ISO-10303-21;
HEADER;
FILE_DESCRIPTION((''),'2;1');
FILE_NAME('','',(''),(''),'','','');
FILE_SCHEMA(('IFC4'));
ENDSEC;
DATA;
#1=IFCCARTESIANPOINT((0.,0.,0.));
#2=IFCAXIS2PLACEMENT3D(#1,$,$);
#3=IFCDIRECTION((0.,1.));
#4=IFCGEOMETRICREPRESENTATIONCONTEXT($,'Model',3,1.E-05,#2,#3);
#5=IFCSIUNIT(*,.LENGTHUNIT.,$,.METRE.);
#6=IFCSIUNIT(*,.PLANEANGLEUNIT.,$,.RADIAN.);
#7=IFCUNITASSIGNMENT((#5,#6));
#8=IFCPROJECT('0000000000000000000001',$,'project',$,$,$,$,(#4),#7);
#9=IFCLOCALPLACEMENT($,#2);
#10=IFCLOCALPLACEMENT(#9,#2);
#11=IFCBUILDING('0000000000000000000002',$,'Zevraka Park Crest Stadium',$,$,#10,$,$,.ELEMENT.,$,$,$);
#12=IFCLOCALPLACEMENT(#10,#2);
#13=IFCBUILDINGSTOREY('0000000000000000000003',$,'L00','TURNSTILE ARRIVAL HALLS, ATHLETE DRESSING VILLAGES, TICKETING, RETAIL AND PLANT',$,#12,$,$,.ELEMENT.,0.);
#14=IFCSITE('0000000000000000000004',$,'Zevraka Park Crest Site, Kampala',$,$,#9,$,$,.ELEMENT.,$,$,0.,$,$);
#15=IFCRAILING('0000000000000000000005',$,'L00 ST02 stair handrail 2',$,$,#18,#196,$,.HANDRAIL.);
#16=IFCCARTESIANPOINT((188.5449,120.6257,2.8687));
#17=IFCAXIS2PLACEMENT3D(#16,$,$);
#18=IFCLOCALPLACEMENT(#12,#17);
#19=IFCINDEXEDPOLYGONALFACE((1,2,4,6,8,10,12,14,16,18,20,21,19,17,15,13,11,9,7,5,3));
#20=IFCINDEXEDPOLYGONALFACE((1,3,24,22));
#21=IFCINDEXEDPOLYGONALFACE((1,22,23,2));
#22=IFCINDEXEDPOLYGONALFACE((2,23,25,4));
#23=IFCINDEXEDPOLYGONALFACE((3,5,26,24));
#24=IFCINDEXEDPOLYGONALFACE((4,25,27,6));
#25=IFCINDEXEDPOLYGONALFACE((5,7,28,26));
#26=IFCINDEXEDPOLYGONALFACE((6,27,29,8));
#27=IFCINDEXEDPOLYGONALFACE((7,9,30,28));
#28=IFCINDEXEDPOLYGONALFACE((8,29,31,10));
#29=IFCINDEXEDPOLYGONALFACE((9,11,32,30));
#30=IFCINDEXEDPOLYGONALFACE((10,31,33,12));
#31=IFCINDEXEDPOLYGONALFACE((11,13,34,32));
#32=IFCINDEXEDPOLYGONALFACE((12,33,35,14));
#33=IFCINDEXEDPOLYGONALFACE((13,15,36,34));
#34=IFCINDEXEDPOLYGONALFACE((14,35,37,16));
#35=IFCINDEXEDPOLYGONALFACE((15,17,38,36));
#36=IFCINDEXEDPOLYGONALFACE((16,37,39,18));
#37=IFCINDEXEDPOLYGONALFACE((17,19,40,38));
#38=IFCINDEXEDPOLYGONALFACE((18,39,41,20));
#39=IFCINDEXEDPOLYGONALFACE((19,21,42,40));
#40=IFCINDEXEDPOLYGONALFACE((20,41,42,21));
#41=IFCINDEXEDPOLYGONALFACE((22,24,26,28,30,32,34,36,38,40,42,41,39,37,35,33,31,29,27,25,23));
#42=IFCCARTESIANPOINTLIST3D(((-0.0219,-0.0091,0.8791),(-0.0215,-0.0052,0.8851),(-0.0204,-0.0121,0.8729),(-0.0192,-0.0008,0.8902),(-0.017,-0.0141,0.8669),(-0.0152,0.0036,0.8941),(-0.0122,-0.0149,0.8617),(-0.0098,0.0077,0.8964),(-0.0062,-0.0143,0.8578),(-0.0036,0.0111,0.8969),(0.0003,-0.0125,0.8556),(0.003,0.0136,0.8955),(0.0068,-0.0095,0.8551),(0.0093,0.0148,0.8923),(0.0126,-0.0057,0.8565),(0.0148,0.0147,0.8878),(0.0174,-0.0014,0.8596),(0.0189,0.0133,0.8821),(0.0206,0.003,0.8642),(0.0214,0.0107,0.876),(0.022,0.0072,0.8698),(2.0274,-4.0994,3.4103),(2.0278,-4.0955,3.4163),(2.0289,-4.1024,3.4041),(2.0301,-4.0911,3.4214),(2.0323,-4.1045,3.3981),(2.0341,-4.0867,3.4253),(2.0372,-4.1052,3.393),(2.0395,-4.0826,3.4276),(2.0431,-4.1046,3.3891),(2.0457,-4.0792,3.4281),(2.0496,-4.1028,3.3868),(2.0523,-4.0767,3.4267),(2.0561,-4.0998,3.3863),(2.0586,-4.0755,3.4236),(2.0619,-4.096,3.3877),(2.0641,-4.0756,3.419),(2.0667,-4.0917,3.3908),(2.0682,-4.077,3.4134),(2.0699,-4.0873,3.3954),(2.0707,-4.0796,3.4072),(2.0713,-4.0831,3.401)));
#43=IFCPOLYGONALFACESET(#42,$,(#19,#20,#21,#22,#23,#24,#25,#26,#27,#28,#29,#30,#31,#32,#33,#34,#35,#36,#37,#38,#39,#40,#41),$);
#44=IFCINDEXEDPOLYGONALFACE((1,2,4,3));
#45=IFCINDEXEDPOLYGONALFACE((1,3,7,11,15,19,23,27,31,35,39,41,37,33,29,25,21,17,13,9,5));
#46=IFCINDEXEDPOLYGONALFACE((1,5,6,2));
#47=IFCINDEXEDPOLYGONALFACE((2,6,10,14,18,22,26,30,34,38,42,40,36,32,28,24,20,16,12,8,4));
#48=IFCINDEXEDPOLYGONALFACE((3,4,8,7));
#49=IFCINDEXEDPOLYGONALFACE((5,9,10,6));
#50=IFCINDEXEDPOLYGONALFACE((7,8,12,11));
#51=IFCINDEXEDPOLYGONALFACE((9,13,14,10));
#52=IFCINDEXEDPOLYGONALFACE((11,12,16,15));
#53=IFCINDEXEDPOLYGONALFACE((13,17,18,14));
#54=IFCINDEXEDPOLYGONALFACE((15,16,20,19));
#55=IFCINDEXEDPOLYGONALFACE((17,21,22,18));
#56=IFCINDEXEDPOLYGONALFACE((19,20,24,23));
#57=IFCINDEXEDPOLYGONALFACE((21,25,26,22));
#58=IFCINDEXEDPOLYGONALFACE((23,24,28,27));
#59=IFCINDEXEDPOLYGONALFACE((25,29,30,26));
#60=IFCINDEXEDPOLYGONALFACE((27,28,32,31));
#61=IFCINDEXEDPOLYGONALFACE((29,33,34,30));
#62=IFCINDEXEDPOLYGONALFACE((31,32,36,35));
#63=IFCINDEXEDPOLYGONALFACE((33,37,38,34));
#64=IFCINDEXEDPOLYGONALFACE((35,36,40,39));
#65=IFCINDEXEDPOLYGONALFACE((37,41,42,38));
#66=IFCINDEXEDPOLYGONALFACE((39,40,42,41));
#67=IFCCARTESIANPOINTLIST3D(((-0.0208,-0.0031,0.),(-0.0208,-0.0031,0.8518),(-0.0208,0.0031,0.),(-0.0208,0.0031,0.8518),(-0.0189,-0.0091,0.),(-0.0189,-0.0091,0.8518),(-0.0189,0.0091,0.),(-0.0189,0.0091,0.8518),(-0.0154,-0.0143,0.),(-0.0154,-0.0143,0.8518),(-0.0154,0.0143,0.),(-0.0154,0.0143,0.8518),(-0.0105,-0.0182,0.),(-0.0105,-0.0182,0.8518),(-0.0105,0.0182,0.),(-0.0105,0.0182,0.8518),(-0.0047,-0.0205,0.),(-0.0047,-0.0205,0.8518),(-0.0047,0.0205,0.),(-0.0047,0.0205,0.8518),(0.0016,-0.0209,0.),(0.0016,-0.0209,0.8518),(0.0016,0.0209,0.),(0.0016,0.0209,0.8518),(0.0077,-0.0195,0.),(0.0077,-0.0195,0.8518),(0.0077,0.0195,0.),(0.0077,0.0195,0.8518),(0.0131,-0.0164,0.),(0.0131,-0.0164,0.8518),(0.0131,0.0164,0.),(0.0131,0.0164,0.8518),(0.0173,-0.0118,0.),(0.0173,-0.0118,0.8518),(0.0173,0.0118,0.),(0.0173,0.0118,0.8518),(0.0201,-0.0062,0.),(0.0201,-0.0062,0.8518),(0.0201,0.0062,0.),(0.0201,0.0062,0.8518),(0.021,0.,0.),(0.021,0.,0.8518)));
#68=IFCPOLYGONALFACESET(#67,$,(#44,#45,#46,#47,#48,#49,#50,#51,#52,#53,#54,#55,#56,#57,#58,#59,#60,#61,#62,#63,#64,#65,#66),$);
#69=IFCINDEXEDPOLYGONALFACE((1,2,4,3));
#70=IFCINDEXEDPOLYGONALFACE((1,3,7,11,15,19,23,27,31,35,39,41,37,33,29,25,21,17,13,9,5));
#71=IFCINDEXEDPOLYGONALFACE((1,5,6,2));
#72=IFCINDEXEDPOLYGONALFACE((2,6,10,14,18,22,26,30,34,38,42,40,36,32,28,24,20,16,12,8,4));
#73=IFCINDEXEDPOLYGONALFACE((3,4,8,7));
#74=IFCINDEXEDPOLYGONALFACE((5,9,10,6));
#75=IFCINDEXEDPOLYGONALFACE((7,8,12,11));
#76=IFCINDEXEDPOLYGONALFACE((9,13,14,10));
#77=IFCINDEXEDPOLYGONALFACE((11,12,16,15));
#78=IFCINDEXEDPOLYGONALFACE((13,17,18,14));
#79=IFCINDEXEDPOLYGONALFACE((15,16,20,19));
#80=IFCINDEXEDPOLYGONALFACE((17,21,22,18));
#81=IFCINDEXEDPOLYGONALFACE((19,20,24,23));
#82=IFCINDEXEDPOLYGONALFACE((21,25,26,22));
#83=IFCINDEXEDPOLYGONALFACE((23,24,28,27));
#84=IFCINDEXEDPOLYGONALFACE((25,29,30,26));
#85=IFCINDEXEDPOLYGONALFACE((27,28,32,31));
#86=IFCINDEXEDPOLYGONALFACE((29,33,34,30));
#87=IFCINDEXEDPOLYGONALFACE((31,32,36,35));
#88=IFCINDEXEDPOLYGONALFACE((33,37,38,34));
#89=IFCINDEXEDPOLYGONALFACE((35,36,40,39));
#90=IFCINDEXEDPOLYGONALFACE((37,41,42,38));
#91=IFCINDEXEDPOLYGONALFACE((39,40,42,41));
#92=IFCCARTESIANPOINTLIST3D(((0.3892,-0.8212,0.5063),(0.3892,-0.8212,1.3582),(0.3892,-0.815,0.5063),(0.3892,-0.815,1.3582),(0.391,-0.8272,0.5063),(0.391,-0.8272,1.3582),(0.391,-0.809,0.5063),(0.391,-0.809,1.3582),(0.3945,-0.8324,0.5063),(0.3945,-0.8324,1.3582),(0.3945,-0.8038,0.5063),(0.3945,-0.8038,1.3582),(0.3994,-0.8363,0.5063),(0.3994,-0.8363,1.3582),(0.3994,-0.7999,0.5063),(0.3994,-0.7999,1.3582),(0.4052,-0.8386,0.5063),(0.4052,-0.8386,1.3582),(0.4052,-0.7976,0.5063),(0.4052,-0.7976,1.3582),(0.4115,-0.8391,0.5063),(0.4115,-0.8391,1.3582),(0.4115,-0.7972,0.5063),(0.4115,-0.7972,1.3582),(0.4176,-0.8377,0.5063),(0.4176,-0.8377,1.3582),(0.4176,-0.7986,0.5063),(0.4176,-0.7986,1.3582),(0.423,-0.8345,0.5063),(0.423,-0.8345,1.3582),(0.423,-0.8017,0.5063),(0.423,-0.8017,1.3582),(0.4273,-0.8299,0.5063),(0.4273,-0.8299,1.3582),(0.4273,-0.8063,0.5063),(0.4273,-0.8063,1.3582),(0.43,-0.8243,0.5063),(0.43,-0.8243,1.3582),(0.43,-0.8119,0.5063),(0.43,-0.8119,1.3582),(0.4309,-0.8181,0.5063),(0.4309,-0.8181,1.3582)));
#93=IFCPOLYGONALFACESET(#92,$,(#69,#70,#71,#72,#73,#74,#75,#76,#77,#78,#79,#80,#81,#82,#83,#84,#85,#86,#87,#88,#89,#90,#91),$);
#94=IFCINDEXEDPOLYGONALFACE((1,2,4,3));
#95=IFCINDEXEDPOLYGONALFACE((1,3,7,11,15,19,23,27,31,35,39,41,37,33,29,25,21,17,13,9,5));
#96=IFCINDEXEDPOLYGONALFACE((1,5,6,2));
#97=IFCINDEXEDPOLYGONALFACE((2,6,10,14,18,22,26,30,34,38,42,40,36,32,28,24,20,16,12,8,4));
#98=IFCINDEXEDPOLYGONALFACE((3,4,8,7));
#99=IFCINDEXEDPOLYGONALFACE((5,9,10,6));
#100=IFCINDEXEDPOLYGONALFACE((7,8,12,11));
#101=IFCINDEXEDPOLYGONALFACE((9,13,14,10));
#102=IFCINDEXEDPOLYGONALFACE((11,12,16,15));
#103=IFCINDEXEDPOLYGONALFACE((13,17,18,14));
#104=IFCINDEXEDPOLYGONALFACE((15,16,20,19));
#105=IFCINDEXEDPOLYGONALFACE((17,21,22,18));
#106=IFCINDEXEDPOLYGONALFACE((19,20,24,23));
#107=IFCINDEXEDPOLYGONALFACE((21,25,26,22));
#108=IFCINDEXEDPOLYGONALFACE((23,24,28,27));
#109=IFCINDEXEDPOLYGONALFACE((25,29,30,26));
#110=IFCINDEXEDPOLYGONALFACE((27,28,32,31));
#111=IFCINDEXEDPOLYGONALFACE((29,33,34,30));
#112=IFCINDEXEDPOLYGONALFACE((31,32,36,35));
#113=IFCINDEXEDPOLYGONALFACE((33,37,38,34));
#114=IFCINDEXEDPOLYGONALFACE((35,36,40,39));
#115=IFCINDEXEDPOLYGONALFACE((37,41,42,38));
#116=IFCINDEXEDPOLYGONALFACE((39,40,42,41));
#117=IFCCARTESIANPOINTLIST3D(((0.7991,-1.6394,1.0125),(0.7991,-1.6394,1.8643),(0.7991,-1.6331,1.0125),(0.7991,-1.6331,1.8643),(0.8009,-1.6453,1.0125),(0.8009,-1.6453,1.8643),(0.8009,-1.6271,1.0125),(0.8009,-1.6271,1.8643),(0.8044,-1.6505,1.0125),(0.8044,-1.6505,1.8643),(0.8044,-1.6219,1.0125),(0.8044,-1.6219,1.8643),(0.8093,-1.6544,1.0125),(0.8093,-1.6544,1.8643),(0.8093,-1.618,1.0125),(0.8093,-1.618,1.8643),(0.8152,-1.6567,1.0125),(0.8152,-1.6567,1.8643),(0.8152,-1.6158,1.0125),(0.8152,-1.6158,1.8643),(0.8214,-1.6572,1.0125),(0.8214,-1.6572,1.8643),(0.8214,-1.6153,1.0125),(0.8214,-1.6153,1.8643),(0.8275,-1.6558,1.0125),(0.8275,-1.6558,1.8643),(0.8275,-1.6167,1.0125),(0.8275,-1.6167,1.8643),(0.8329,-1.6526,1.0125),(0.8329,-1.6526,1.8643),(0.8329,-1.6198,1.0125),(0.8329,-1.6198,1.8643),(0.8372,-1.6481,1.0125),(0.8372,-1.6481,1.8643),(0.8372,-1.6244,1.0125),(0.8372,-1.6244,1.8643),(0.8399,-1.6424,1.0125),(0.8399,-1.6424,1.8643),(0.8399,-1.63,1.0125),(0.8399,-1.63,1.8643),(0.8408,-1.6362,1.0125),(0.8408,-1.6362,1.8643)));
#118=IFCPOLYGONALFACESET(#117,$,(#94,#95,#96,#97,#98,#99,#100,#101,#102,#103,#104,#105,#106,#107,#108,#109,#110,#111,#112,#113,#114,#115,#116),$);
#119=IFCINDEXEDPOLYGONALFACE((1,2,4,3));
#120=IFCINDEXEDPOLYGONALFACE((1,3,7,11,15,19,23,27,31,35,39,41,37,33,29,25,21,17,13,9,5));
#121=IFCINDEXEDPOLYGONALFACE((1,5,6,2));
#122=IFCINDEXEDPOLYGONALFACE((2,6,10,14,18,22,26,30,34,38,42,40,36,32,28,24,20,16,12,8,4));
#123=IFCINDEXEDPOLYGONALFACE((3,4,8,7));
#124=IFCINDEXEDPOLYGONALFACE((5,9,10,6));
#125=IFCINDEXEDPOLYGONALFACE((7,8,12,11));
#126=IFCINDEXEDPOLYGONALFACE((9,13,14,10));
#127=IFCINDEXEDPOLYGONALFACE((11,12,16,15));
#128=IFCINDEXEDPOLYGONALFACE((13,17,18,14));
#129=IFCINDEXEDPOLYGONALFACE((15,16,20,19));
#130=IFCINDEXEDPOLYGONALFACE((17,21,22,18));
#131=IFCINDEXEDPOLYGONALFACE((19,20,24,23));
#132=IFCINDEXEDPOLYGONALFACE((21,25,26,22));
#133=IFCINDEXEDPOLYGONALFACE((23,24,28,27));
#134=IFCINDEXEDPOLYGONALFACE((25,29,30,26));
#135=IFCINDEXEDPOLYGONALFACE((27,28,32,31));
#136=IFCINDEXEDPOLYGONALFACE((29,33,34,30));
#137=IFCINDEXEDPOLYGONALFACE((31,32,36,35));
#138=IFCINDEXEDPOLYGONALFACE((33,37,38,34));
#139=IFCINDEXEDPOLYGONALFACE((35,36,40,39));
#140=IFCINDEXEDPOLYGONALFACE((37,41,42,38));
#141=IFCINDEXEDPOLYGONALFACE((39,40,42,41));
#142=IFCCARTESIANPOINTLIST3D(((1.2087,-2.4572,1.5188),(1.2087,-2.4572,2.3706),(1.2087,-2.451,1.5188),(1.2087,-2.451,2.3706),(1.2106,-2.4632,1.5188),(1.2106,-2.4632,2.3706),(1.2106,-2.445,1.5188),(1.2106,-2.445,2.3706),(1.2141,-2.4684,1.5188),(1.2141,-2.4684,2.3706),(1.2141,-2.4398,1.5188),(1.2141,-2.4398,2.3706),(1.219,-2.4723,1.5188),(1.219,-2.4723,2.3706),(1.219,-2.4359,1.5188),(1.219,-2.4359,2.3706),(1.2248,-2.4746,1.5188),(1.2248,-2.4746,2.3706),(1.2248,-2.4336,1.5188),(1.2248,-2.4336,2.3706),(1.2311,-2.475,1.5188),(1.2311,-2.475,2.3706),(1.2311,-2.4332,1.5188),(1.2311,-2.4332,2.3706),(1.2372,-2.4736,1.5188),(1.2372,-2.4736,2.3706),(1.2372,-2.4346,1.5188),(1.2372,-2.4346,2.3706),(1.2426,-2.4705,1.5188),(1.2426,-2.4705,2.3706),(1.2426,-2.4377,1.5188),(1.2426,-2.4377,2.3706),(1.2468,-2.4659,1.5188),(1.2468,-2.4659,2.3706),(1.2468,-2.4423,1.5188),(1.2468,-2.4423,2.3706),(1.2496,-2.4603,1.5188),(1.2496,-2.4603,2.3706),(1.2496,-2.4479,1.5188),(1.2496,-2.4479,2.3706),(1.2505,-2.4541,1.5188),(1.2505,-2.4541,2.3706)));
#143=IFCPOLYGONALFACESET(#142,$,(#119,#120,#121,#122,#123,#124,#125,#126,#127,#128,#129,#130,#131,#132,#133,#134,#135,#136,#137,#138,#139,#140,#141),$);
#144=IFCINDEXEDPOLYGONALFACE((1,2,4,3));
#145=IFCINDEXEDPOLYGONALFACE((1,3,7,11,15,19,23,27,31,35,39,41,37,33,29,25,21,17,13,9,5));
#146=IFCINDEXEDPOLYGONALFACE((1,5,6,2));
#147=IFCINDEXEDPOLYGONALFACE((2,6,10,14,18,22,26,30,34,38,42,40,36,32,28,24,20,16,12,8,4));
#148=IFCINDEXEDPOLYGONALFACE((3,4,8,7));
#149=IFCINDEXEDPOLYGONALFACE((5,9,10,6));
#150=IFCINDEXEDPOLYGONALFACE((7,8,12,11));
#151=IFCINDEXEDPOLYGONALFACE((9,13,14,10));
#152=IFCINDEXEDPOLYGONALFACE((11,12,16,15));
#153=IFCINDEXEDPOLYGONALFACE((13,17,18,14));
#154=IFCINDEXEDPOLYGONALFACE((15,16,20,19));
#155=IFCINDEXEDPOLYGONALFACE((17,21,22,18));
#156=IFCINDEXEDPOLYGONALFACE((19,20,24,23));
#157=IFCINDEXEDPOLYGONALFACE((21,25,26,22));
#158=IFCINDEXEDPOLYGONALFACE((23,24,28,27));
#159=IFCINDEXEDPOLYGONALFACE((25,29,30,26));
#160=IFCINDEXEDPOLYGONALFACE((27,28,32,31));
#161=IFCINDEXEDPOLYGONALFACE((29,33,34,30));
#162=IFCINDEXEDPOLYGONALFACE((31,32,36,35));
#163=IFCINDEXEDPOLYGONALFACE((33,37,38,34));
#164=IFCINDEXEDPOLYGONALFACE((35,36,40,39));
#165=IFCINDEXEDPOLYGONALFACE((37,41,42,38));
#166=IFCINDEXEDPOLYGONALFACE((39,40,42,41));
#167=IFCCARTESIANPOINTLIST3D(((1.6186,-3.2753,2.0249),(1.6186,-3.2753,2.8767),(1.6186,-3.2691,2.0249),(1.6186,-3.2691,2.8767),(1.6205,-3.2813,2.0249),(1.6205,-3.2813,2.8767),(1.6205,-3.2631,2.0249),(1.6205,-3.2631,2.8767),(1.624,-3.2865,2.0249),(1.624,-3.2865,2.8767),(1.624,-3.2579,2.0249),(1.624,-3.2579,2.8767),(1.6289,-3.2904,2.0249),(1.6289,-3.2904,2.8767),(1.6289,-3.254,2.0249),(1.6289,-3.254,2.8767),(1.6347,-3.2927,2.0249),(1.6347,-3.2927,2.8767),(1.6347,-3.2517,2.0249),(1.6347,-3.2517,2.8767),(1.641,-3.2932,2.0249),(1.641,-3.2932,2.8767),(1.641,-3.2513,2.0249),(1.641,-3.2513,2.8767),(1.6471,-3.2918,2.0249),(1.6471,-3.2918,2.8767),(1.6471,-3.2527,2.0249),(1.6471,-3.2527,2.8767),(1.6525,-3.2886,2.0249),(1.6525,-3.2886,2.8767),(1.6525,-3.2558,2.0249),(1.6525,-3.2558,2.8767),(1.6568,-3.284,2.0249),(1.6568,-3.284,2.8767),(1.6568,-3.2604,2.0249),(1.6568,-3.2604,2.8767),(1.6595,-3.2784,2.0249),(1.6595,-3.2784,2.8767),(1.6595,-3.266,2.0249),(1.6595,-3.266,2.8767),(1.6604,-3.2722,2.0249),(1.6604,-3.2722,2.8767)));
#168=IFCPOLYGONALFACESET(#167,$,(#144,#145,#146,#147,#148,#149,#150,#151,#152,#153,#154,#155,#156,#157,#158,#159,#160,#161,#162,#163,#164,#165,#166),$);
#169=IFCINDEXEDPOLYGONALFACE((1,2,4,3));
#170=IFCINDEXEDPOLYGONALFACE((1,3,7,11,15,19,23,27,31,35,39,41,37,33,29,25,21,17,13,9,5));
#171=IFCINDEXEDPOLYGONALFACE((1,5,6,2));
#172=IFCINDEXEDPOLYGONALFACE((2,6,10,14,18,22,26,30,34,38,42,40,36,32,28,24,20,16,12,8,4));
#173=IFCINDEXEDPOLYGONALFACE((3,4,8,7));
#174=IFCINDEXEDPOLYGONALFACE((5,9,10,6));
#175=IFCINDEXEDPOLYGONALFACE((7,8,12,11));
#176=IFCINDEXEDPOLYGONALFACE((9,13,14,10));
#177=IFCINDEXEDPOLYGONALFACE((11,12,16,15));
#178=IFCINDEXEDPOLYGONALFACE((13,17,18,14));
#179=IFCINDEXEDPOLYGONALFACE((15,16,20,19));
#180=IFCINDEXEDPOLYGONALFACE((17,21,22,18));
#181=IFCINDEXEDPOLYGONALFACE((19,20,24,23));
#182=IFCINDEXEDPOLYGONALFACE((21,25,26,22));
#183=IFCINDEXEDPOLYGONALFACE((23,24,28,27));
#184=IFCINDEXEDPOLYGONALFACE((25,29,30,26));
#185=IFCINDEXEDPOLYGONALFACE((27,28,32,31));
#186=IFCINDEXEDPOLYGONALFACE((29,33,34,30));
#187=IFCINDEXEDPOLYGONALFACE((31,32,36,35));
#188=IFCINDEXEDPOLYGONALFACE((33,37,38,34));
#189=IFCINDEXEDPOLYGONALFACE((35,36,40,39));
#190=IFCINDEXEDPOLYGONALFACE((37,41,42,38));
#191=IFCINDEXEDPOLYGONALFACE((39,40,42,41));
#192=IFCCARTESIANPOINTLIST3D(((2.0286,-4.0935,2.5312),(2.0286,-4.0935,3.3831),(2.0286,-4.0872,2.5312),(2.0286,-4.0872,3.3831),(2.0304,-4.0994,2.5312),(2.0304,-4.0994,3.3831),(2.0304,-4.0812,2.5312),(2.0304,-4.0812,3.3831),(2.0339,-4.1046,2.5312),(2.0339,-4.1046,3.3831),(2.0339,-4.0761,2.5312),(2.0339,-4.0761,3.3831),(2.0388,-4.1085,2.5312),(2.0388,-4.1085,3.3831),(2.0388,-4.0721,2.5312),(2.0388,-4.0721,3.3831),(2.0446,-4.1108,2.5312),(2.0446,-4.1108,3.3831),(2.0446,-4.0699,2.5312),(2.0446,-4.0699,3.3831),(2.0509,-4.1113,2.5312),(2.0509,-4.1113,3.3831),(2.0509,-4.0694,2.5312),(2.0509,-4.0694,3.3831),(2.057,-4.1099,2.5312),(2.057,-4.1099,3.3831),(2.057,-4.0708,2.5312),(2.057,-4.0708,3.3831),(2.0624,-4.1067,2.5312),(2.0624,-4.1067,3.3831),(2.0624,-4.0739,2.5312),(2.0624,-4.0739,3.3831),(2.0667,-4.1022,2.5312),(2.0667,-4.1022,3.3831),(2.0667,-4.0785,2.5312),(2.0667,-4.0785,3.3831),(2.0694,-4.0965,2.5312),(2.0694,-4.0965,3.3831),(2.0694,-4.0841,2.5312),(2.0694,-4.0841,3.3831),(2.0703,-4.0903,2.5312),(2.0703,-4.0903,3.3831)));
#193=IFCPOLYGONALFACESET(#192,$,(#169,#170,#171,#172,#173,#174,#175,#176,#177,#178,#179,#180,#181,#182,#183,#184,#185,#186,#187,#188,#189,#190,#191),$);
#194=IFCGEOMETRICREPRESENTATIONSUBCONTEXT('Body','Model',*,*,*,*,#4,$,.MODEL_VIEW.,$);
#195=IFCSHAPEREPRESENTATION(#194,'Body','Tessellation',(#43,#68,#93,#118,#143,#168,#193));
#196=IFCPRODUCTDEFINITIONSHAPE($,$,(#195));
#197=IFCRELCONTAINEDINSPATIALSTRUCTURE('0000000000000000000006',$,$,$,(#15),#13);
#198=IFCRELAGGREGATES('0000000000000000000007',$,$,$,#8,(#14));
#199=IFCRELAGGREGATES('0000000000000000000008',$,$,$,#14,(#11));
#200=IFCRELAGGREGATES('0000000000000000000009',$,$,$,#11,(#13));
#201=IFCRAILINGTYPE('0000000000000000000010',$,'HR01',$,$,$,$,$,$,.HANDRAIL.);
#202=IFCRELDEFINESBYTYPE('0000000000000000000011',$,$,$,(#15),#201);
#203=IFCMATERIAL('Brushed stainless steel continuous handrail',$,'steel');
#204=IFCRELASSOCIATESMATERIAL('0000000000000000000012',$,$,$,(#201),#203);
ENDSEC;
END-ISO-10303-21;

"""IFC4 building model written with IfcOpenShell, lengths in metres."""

from ifc_helpers import new_model, si_unit, direction, frame, origin, origin_2d, place, context, subcontext, project, spatial, circle, extrude, material, type_object, element, save


model = new_model("IFC4")

# Units and contexts
model_context = context("Model", 3, precision=1e-05, world=origin(), true_north=direction((0.0, 1.0)))
body_context = subcontext(model_context, "Body", "Model", "MODEL_VIEW")
ifc_project = project(units=[si_unit("LENGTHUNIT", "METRE"), si_unit("PLANEANGLEUNIT", "RADIAN")], contexts=[model_context])

# Site, building, storey
site_placement = place(None, origin())
site = spatial("IfcSite", under=ifc_project, at=site_placement, Name="Zevraka Park Crest Site, Kampala", CompositionType="ELEMENT", RefElevation=0.0)
building_placement = place(site_placement, origin())
building = spatial("IfcBuilding", under=site, at=building_placement, Name="Zevraka Park Crest Stadium", CompositionType="ELEMENT")
storey_placement = place(building_placement, origin())
storey = spatial("IfcBuildingStorey", under=building, at=storey_placement, Name="L00", Description="TURNSTILE ARRIVAL HALLS, ATHLETE DRESSING VILLAGES, TICKETING, RETAIL AND PLANT", CompositionType="ELEMENT", Elevation=0.0)

# Railing
ifc_material_1 = material(Name="Brushed stainless steel continuous handrail", Category="steel")
railing_type_1 = type_object("IfcRailingType", Name="HR01", PredefinedType="HANDRAIL", material=ifc_material_1)
railing_1_placement = place(storey_placement, frame((188.5449, 120.6257, 2.8687)))
element("IfcRailing", 1, at=railing_1_placement, inside=storey, type_object=railing_type_1, Name="L00 ST02 stair handrail 2", PredefinedType="HANDRAIL", context=body_context, shape_type="SweptSolid", body=[
    extrude(circle(Radius=0.0239, at=origin_2d()), frame((0.0, 0.0, 0.876), z_axis=(0.391947, -0.782307, 0.484121), x_axis=(0.894064, 0.447939, 0.0)), (0.0, 0.0, 1.0), 5.2285),
    extrude(circle(Radius=0.021, at=origin_2d()), origin(), (0.0, 0.0, 1.0), 0.8518),
    extrude(circle(Radius=0.021, at=origin_2d()), frame((0.4099, -0.8181, 0.5063)), (0.0, 0.0, 1.0), 0.8518),
    extrude(circle(Radius=0.021, at=origin_2d()), frame((0.8198, -1.6362, 1.0125)), (0.0, 0.0, 1.0), 0.8518),
    extrude(circle(Radius=0.021, at=origin_2d()), frame((1.2295, -2.4541, 1.5188)), (0.0, 0.0, 1.0), 0.8518),
    extrude(circle(Radius=0.021, at=origin_2d()), frame((1.6394, -3.2722, 2.0249)), (0.0, 0.0, 1.0), 0.8518),
    extrude(circle(Radius=0.021, at=origin_2d()), frame((2.0493, -4.0903, 2.5312)), (0.0, 0.0, 1.0), 0.8518),
])

save(model, "model.ifc")
